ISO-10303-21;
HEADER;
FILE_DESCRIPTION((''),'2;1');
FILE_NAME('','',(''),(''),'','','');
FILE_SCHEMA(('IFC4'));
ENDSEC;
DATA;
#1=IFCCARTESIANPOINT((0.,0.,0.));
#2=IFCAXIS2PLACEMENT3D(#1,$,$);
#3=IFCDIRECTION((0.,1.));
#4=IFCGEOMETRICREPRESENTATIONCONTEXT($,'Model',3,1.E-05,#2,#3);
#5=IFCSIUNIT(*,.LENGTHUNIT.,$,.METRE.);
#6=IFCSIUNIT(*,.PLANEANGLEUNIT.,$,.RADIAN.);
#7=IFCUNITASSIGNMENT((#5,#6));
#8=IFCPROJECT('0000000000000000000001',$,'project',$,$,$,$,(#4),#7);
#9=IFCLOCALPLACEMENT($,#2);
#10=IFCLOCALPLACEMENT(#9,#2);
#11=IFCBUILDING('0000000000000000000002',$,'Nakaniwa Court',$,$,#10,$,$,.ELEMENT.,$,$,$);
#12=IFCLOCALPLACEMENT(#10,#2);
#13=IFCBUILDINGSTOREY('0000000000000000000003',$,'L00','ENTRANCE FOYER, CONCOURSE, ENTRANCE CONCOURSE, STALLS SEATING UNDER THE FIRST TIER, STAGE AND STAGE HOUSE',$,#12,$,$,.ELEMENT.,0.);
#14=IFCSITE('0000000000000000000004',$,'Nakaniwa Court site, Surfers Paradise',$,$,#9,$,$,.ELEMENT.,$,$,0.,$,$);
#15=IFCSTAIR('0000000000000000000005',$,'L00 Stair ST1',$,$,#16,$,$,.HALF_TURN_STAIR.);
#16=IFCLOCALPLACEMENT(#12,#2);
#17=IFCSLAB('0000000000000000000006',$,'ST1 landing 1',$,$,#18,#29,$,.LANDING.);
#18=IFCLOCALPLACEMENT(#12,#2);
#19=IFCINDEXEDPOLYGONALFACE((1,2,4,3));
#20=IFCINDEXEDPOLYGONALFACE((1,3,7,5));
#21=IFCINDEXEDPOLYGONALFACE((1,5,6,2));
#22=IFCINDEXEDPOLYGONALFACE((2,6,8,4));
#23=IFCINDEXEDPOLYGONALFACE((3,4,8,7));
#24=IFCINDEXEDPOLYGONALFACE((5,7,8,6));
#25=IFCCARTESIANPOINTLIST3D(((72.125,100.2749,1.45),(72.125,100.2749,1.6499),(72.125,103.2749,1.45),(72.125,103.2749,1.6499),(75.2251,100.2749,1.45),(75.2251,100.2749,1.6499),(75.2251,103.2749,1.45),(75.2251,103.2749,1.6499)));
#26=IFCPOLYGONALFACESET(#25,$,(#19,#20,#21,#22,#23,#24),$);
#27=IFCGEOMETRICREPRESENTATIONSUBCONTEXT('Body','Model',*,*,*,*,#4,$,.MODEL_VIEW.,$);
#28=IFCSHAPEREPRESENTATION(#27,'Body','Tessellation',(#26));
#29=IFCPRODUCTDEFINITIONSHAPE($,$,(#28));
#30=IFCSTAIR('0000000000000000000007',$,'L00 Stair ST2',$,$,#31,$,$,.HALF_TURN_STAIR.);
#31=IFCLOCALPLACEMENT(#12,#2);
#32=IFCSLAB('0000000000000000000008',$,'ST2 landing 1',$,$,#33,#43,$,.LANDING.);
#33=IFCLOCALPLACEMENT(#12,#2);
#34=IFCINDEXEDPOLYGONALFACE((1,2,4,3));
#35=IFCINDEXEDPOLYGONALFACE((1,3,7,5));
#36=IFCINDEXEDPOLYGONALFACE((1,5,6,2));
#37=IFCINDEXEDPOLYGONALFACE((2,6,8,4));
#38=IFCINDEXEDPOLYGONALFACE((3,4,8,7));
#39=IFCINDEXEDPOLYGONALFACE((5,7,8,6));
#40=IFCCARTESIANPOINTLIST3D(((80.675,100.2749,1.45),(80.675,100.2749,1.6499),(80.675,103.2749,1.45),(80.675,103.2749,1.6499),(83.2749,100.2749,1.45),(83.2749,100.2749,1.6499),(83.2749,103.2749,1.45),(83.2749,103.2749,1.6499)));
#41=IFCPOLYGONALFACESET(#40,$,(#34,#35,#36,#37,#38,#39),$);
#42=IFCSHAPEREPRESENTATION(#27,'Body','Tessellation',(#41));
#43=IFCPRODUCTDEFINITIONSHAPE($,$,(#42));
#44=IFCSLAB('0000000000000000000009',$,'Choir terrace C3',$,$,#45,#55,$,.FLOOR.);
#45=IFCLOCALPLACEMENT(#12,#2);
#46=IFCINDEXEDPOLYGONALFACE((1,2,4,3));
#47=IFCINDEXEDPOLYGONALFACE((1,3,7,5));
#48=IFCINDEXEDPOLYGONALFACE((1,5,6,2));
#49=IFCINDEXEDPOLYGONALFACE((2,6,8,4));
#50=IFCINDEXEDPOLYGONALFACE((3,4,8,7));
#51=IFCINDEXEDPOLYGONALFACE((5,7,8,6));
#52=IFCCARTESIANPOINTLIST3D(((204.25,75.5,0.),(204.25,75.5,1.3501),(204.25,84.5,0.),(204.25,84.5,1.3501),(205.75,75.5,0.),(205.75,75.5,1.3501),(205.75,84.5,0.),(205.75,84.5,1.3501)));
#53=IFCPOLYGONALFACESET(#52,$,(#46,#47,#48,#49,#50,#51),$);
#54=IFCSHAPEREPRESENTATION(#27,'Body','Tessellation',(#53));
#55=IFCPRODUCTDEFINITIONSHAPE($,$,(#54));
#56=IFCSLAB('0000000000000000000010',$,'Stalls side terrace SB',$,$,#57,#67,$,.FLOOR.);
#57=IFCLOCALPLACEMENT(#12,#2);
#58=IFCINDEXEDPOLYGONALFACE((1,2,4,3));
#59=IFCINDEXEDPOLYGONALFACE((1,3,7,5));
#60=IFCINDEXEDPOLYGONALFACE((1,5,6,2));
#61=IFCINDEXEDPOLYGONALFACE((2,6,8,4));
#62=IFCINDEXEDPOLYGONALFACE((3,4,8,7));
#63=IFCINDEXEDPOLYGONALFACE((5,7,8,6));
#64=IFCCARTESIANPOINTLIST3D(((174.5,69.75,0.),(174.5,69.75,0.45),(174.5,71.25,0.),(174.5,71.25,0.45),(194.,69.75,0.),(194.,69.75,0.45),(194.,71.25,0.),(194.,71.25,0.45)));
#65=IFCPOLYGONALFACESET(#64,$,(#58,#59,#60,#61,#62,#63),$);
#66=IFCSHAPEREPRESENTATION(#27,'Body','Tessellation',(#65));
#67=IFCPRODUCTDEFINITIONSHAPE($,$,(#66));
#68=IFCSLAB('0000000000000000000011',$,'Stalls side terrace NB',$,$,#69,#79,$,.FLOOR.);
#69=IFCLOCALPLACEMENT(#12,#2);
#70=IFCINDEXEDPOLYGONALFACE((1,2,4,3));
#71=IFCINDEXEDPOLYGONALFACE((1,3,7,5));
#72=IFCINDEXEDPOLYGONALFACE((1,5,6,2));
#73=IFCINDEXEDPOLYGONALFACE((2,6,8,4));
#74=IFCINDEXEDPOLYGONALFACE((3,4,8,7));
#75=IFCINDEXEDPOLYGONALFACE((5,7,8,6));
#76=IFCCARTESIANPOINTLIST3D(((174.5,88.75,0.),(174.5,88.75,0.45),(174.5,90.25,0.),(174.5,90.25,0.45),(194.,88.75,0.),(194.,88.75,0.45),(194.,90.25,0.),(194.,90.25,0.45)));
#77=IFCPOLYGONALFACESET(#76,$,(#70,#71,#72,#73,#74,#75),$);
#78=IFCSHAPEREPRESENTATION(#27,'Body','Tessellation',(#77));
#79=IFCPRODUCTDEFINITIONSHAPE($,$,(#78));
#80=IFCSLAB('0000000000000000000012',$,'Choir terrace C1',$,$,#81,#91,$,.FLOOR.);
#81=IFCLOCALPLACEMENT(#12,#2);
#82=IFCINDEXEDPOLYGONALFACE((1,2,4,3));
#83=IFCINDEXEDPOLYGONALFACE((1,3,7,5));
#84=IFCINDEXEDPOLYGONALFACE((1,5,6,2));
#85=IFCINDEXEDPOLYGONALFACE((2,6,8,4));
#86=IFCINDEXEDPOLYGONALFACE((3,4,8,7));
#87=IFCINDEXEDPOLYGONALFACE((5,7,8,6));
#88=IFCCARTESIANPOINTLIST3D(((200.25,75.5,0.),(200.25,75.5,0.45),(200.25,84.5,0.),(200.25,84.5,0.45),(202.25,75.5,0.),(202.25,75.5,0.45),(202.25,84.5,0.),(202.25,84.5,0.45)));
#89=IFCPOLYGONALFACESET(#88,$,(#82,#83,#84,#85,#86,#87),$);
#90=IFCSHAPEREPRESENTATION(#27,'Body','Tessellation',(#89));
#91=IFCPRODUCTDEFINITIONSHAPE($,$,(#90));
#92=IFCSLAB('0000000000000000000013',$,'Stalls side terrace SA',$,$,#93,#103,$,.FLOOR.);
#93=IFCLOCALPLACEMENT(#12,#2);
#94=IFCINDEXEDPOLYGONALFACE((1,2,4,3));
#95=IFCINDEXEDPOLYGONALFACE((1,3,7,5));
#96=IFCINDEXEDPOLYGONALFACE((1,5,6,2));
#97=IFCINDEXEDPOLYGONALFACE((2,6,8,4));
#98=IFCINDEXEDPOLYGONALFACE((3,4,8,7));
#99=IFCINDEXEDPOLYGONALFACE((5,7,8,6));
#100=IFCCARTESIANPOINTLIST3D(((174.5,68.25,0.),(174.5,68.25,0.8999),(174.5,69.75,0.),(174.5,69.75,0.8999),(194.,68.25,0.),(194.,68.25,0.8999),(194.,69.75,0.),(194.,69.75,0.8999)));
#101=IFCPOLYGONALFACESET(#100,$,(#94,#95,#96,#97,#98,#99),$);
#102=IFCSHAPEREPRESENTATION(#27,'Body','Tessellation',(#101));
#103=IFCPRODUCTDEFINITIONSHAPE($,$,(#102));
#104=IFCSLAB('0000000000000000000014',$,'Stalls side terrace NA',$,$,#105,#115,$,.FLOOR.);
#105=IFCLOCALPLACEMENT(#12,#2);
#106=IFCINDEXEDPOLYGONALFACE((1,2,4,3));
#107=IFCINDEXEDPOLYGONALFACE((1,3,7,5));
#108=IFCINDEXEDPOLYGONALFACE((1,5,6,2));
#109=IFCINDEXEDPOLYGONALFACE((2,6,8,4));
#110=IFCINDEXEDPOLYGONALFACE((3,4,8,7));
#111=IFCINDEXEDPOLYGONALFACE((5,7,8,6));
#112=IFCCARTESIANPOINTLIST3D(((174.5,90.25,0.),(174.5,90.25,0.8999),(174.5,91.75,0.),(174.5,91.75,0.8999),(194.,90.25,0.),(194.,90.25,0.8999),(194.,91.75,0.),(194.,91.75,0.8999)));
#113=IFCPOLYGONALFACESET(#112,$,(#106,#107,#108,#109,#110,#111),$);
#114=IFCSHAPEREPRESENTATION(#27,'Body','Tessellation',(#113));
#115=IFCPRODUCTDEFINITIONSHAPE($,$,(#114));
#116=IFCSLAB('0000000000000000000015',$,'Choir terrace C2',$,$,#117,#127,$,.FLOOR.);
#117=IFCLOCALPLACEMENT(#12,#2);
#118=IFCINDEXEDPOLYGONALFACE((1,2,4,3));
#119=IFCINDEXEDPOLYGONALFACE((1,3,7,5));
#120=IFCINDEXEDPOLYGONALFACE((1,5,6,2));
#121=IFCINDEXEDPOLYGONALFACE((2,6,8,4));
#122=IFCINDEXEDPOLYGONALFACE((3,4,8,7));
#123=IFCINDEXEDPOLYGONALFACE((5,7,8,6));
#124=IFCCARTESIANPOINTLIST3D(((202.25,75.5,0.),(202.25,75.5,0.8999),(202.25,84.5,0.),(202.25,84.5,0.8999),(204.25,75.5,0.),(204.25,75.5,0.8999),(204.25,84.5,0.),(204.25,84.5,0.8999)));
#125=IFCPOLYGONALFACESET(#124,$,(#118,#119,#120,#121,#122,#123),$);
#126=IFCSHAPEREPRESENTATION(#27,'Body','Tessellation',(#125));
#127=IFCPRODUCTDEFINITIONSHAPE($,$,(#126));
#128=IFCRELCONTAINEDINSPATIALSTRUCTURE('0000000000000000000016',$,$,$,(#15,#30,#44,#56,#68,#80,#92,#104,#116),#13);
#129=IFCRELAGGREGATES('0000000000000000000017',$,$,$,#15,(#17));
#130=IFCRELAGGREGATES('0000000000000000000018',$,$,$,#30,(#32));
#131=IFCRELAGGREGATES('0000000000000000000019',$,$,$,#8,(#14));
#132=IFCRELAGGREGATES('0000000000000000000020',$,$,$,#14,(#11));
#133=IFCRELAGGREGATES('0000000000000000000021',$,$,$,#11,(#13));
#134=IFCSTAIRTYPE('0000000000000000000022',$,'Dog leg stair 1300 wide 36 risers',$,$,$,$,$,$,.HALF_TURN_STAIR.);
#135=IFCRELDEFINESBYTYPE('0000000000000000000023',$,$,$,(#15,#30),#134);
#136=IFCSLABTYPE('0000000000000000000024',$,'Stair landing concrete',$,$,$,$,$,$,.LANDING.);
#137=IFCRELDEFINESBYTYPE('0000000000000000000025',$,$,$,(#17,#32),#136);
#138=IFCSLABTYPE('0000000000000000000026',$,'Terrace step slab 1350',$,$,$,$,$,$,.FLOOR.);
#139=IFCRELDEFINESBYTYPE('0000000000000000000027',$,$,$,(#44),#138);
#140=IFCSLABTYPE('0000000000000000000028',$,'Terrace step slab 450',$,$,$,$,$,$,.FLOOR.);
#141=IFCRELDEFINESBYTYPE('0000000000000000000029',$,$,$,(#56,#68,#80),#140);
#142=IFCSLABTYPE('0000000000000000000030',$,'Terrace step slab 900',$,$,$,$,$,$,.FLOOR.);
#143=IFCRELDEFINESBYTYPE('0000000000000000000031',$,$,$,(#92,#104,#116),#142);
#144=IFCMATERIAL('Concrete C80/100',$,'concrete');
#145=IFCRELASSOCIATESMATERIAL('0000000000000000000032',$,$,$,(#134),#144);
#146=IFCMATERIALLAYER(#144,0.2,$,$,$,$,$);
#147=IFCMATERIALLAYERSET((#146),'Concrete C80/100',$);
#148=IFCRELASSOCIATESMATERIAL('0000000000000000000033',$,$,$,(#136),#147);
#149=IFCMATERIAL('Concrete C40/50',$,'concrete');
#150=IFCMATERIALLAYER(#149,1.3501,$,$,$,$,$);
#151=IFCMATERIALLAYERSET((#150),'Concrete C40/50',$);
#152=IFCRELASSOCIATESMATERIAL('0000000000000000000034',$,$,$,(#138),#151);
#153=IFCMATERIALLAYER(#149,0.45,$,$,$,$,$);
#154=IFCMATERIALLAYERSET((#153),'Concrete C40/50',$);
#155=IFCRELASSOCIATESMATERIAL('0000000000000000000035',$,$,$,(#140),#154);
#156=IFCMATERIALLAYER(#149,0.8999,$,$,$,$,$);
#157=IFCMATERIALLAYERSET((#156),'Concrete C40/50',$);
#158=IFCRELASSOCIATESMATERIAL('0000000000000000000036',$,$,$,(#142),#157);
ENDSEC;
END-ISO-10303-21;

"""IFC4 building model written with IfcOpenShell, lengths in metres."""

from ifc_helpers import new_model, si_unit, direction, frame, origin, place, context, subcontext, project, spatial, polyline, outline, extrude, material, layer, layer_set, type_object, element, aggregate, save


model = new_model("IFC4")

# Units and contexts
model_context = context("Model", 3, precision=1e-05, world=origin(), true_north=direction((0.0, 1.0)))
body_context = subcontext(model_context, "Body", "Model", "MODEL_VIEW")
ifc_project = project(units=[si_unit("LENGTHUNIT", "METRE"), si_unit("PLANEANGLEUNIT", "RADIAN")], contexts=[model_context])

# Site, building, storey
site_placement = place(None, origin())
site = spatial("IfcSite", under=ifc_project, at=site_placement, Name="Nakaniwa Court site, Surfers Paradise", CompositionType="ELEMENT", RefElevation=0.0)
building_placement = place(site_placement, origin())
building = spatial("IfcBuilding", under=site, at=building_placement, Name="Nakaniwa Court", CompositionType="ELEMENT")
storey_placement = place(building_placement, origin())
storey = spatial("IfcBuildingStorey", under=building, at=storey_placement, Name="L00", Description="ENTRANCE FOYER, CONCOURSE, ENTRANCE CONCOURSE, STALLS SEATING UNDER THE FIRST TIER, STAGE AND STAGE HOUSE", CompositionType="ELEMENT", Elevation=0.0)

# Shared definitions
ifc_material_1 = material(Name="Concrete C40/50", Category="concrete")

# Stairs, slabs
ifc_material_2 = material(Name="Concrete C80/100", Category="concrete")
stair_type = type_object("IfcStairType", Name="Dog leg stair 1300 wide 36 risers", PredefinedType="HALF_TURN_STAIR", material=ifc_material_2)
stair_1_placement = place(storey_placement, origin())
stair_1 = element("IfcStair", 1, at=stair_1_placement, inside=storey, type_object=stair_type, Name="L00 Stair ST1", PredefinedType="HALF_TURN_STAIR")
ifc_layer_1 = layer(ifc_material_2, 0.2)
ifc_layer_set_1 = layer_set([ifc_layer_1], Name="Concrete C80/100")
slab_type_1 = type_object("IfcSlabType", Name="Stair landing concrete", PredefinedType="LANDING", material=ifc_layer_set_1)
slab_1_placement = place(storey_placement, frame((0.0, 0.0, 1.45)))
slab_1 = element("IfcSlab", 2, at=slab_1_placement, type_object=slab_type_1, Name="ST1 landing 1", PredefinedType="LANDING", context=body_context, shape_type="SweptSolid", body=[
    extrude(outline(polyline([(75.2251, 100.2749), (75.2251, 103.2749), (72.125, 103.2749), (72.125, 100.2749), (75.2251, 100.2749)])), origin(), (0.0, 0.0, 1.0), 0.2),
])
aggregate(stair_1, [slab_1])
stair_2_placement = place(storey_placement, origin())
stair_2 = element("IfcStair", 3, at=stair_2_placement, inside=storey, type_object=stair_type, Name="L00 Stair ST2", PredefinedType="HALF_TURN_STAIR")
slab_2_placement = place(storey_placement, frame((0.0, 0.0, 1.45)))
slab_2 = element("IfcSlab", 4, at=slab_2_placement, type_object=slab_type_1, Name="ST2 landing 1", PredefinedType="LANDING", context=body_context, shape_type="SweptSolid", body=[
    extrude(outline(polyline([(83.2749, 100.2749), (83.2749, 103.2749), (80.675, 103.2749), (80.675, 100.2749), (83.2749, 100.2749)])), origin(), (0.0, 0.0, 1.0), 0.2),
])
aggregate(stair_2, [slab_2])

# Slabs
ifc_layer_2 = layer(ifc_material_1, 1.3501)
ifc_layer_set_2 = layer_set([ifc_layer_2], Name="Concrete C40/50")
slab_type_2 = type_object("IfcSlabType", Name="Terrace step slab 1350", PredefinedType="FLOOR", material=ifc_layer_set_2)
slab_3_placement = place(storey_placement, origin())
element("IfcSlab", 5, at=slab_3_placement, inside=storey, type_object=slab_type_2, Name="Choir terrace C3", PredefinedType="FLOOR", context=body_context, shape_type="SweptSolid", body=[
    extrude(outline(polyline([(205.75, 75.5), (205.75, 84.5), (204.25, 84.5), (204.25, 75.5), (205.75, 75.5)])), origin(), (0.0, 0.0, 1.0), 1.3501),
])
ifc_layer_3 = layer(ifc_material_1, 0.45)
ifc_layer_set_3 = layer_set([ifc_layer_3], Name="Concrete C40/50")
slab_type_3 = type_object("IfcSlabType", Name="Terrace step slab 450", PredefinedType="FLOOR", material=ifc_layer_set_3)
slab_4_placement = place(storey_placement, origin())
element("IfcSlab", 6, at=slab_4_placement, inside=storey, type_object=slab_type_3, Name="Stalls side terrace SB", PredefinedType="FLOOR", context=body_context, shape_type="SweptSolid", body=[
    extrude(outline(polyline([(194.0, 69.75), (194.0, 71.25), (174.5, 71.25), (174.5, 69.75), (194.0, 69.75)])), origin(), (0.0, 0.0, 1.0), 0.45),
])
slab_5_placement = place(storey_placement, origin())
element("IfcSlab", 7, at=slab_5_placement, inside=storey, type_object=slab_type_3, Name="Stalls side terrace NB", PredefinedType="FLOOR", context=body_context, shape_type="SweptSolid", body=[
    extrude(outline(polyline([(194.0, 88.75), (194.0, 90.25), (174.5, 90.25), (174.5, 88.75), (194.0, 88.75)])), origin(), (0.0, 0.0, 1.0), 0.45),
])
slab_6_placement = place(storey_placement, origin())
element("IfcSlab", 8, at=slab_6_placement, inside=storey, type_object=slab_type_3, Name="Choir terrace C1", PredefinedType="FLOOR", context=body_context, shape_type="SweptSolid", body=[
    extrude(outline(polyline([(202.25, 75.5), (202.25, 84.5), (200.25, 84.5), (200.25, 75.5), (202.25, 75.5)])), origin(), (0.0, 0.0, 1.0), 0.45),
])
ifc_layer_4 = layer(ifc_material_1, 0.8999)
ifc_layer_set_4 = layer_set([ifc_layer_4], Name="Concrete C40/50")
slab_type_4 = type_object("IfcSlabType", Name="Terrace step slab 900", PredefinedType="FLOOR", material=ifc_layer_set_4)
slab_7_placement = place(storey_placement, origin())
element("IfcSlab", 9, at=slab_7_placement, inside=storey, type_object=slab_type_4, Name="Stalls side terrace SA", PredefinedType="FLOOR", context=body_context, shape_type="SweptSolid", body=[
    extrude(outline(polyline([(194.0, 68.25), (194.0, 69.75), (174.5, 69.75), (174.5, 68.25), (194.0, 68.25)])), origin(), (0.0, 0.0, 1.0), 0.8999),
])
slab_8_placement = place(storey_placement, origin())
element("IfcSlab", 10, at=slab_8_placement, inside=storey, type_object=slab_type_4, Name="Stalls side terrace NA", PredefinedType="FLOOR", context=body_context, shape_type="SweptSolid", body=[
    extrude(outline(polyline([(194.0, 90.25), (194.0, 91.75), (174.5, 91.75), (174.5, 90.25), (194.0, 90.25)])), origin(), (0.0, 0.0, 1.0), 0.8999),
])
slab_9_placement = place(storey_placement, origin())
element("IfcSlab", 11, at=slab_9_placement, inside=storey, type_object=slab_type_4, Name="Choir terrace C2", PredefinedType="FLOOR", context=body_context, shape_type="SweptSolid", body=[
    extrude(outline(polyline([(204.25, 75.5), (204.25, 84.5), (202.25, 84.5), (202.25, 75.5), (204.25, 75.5)])), origin(), (0.0, 0.0, 1.0), 0.8999),
])

save(model, "model.ifc")
